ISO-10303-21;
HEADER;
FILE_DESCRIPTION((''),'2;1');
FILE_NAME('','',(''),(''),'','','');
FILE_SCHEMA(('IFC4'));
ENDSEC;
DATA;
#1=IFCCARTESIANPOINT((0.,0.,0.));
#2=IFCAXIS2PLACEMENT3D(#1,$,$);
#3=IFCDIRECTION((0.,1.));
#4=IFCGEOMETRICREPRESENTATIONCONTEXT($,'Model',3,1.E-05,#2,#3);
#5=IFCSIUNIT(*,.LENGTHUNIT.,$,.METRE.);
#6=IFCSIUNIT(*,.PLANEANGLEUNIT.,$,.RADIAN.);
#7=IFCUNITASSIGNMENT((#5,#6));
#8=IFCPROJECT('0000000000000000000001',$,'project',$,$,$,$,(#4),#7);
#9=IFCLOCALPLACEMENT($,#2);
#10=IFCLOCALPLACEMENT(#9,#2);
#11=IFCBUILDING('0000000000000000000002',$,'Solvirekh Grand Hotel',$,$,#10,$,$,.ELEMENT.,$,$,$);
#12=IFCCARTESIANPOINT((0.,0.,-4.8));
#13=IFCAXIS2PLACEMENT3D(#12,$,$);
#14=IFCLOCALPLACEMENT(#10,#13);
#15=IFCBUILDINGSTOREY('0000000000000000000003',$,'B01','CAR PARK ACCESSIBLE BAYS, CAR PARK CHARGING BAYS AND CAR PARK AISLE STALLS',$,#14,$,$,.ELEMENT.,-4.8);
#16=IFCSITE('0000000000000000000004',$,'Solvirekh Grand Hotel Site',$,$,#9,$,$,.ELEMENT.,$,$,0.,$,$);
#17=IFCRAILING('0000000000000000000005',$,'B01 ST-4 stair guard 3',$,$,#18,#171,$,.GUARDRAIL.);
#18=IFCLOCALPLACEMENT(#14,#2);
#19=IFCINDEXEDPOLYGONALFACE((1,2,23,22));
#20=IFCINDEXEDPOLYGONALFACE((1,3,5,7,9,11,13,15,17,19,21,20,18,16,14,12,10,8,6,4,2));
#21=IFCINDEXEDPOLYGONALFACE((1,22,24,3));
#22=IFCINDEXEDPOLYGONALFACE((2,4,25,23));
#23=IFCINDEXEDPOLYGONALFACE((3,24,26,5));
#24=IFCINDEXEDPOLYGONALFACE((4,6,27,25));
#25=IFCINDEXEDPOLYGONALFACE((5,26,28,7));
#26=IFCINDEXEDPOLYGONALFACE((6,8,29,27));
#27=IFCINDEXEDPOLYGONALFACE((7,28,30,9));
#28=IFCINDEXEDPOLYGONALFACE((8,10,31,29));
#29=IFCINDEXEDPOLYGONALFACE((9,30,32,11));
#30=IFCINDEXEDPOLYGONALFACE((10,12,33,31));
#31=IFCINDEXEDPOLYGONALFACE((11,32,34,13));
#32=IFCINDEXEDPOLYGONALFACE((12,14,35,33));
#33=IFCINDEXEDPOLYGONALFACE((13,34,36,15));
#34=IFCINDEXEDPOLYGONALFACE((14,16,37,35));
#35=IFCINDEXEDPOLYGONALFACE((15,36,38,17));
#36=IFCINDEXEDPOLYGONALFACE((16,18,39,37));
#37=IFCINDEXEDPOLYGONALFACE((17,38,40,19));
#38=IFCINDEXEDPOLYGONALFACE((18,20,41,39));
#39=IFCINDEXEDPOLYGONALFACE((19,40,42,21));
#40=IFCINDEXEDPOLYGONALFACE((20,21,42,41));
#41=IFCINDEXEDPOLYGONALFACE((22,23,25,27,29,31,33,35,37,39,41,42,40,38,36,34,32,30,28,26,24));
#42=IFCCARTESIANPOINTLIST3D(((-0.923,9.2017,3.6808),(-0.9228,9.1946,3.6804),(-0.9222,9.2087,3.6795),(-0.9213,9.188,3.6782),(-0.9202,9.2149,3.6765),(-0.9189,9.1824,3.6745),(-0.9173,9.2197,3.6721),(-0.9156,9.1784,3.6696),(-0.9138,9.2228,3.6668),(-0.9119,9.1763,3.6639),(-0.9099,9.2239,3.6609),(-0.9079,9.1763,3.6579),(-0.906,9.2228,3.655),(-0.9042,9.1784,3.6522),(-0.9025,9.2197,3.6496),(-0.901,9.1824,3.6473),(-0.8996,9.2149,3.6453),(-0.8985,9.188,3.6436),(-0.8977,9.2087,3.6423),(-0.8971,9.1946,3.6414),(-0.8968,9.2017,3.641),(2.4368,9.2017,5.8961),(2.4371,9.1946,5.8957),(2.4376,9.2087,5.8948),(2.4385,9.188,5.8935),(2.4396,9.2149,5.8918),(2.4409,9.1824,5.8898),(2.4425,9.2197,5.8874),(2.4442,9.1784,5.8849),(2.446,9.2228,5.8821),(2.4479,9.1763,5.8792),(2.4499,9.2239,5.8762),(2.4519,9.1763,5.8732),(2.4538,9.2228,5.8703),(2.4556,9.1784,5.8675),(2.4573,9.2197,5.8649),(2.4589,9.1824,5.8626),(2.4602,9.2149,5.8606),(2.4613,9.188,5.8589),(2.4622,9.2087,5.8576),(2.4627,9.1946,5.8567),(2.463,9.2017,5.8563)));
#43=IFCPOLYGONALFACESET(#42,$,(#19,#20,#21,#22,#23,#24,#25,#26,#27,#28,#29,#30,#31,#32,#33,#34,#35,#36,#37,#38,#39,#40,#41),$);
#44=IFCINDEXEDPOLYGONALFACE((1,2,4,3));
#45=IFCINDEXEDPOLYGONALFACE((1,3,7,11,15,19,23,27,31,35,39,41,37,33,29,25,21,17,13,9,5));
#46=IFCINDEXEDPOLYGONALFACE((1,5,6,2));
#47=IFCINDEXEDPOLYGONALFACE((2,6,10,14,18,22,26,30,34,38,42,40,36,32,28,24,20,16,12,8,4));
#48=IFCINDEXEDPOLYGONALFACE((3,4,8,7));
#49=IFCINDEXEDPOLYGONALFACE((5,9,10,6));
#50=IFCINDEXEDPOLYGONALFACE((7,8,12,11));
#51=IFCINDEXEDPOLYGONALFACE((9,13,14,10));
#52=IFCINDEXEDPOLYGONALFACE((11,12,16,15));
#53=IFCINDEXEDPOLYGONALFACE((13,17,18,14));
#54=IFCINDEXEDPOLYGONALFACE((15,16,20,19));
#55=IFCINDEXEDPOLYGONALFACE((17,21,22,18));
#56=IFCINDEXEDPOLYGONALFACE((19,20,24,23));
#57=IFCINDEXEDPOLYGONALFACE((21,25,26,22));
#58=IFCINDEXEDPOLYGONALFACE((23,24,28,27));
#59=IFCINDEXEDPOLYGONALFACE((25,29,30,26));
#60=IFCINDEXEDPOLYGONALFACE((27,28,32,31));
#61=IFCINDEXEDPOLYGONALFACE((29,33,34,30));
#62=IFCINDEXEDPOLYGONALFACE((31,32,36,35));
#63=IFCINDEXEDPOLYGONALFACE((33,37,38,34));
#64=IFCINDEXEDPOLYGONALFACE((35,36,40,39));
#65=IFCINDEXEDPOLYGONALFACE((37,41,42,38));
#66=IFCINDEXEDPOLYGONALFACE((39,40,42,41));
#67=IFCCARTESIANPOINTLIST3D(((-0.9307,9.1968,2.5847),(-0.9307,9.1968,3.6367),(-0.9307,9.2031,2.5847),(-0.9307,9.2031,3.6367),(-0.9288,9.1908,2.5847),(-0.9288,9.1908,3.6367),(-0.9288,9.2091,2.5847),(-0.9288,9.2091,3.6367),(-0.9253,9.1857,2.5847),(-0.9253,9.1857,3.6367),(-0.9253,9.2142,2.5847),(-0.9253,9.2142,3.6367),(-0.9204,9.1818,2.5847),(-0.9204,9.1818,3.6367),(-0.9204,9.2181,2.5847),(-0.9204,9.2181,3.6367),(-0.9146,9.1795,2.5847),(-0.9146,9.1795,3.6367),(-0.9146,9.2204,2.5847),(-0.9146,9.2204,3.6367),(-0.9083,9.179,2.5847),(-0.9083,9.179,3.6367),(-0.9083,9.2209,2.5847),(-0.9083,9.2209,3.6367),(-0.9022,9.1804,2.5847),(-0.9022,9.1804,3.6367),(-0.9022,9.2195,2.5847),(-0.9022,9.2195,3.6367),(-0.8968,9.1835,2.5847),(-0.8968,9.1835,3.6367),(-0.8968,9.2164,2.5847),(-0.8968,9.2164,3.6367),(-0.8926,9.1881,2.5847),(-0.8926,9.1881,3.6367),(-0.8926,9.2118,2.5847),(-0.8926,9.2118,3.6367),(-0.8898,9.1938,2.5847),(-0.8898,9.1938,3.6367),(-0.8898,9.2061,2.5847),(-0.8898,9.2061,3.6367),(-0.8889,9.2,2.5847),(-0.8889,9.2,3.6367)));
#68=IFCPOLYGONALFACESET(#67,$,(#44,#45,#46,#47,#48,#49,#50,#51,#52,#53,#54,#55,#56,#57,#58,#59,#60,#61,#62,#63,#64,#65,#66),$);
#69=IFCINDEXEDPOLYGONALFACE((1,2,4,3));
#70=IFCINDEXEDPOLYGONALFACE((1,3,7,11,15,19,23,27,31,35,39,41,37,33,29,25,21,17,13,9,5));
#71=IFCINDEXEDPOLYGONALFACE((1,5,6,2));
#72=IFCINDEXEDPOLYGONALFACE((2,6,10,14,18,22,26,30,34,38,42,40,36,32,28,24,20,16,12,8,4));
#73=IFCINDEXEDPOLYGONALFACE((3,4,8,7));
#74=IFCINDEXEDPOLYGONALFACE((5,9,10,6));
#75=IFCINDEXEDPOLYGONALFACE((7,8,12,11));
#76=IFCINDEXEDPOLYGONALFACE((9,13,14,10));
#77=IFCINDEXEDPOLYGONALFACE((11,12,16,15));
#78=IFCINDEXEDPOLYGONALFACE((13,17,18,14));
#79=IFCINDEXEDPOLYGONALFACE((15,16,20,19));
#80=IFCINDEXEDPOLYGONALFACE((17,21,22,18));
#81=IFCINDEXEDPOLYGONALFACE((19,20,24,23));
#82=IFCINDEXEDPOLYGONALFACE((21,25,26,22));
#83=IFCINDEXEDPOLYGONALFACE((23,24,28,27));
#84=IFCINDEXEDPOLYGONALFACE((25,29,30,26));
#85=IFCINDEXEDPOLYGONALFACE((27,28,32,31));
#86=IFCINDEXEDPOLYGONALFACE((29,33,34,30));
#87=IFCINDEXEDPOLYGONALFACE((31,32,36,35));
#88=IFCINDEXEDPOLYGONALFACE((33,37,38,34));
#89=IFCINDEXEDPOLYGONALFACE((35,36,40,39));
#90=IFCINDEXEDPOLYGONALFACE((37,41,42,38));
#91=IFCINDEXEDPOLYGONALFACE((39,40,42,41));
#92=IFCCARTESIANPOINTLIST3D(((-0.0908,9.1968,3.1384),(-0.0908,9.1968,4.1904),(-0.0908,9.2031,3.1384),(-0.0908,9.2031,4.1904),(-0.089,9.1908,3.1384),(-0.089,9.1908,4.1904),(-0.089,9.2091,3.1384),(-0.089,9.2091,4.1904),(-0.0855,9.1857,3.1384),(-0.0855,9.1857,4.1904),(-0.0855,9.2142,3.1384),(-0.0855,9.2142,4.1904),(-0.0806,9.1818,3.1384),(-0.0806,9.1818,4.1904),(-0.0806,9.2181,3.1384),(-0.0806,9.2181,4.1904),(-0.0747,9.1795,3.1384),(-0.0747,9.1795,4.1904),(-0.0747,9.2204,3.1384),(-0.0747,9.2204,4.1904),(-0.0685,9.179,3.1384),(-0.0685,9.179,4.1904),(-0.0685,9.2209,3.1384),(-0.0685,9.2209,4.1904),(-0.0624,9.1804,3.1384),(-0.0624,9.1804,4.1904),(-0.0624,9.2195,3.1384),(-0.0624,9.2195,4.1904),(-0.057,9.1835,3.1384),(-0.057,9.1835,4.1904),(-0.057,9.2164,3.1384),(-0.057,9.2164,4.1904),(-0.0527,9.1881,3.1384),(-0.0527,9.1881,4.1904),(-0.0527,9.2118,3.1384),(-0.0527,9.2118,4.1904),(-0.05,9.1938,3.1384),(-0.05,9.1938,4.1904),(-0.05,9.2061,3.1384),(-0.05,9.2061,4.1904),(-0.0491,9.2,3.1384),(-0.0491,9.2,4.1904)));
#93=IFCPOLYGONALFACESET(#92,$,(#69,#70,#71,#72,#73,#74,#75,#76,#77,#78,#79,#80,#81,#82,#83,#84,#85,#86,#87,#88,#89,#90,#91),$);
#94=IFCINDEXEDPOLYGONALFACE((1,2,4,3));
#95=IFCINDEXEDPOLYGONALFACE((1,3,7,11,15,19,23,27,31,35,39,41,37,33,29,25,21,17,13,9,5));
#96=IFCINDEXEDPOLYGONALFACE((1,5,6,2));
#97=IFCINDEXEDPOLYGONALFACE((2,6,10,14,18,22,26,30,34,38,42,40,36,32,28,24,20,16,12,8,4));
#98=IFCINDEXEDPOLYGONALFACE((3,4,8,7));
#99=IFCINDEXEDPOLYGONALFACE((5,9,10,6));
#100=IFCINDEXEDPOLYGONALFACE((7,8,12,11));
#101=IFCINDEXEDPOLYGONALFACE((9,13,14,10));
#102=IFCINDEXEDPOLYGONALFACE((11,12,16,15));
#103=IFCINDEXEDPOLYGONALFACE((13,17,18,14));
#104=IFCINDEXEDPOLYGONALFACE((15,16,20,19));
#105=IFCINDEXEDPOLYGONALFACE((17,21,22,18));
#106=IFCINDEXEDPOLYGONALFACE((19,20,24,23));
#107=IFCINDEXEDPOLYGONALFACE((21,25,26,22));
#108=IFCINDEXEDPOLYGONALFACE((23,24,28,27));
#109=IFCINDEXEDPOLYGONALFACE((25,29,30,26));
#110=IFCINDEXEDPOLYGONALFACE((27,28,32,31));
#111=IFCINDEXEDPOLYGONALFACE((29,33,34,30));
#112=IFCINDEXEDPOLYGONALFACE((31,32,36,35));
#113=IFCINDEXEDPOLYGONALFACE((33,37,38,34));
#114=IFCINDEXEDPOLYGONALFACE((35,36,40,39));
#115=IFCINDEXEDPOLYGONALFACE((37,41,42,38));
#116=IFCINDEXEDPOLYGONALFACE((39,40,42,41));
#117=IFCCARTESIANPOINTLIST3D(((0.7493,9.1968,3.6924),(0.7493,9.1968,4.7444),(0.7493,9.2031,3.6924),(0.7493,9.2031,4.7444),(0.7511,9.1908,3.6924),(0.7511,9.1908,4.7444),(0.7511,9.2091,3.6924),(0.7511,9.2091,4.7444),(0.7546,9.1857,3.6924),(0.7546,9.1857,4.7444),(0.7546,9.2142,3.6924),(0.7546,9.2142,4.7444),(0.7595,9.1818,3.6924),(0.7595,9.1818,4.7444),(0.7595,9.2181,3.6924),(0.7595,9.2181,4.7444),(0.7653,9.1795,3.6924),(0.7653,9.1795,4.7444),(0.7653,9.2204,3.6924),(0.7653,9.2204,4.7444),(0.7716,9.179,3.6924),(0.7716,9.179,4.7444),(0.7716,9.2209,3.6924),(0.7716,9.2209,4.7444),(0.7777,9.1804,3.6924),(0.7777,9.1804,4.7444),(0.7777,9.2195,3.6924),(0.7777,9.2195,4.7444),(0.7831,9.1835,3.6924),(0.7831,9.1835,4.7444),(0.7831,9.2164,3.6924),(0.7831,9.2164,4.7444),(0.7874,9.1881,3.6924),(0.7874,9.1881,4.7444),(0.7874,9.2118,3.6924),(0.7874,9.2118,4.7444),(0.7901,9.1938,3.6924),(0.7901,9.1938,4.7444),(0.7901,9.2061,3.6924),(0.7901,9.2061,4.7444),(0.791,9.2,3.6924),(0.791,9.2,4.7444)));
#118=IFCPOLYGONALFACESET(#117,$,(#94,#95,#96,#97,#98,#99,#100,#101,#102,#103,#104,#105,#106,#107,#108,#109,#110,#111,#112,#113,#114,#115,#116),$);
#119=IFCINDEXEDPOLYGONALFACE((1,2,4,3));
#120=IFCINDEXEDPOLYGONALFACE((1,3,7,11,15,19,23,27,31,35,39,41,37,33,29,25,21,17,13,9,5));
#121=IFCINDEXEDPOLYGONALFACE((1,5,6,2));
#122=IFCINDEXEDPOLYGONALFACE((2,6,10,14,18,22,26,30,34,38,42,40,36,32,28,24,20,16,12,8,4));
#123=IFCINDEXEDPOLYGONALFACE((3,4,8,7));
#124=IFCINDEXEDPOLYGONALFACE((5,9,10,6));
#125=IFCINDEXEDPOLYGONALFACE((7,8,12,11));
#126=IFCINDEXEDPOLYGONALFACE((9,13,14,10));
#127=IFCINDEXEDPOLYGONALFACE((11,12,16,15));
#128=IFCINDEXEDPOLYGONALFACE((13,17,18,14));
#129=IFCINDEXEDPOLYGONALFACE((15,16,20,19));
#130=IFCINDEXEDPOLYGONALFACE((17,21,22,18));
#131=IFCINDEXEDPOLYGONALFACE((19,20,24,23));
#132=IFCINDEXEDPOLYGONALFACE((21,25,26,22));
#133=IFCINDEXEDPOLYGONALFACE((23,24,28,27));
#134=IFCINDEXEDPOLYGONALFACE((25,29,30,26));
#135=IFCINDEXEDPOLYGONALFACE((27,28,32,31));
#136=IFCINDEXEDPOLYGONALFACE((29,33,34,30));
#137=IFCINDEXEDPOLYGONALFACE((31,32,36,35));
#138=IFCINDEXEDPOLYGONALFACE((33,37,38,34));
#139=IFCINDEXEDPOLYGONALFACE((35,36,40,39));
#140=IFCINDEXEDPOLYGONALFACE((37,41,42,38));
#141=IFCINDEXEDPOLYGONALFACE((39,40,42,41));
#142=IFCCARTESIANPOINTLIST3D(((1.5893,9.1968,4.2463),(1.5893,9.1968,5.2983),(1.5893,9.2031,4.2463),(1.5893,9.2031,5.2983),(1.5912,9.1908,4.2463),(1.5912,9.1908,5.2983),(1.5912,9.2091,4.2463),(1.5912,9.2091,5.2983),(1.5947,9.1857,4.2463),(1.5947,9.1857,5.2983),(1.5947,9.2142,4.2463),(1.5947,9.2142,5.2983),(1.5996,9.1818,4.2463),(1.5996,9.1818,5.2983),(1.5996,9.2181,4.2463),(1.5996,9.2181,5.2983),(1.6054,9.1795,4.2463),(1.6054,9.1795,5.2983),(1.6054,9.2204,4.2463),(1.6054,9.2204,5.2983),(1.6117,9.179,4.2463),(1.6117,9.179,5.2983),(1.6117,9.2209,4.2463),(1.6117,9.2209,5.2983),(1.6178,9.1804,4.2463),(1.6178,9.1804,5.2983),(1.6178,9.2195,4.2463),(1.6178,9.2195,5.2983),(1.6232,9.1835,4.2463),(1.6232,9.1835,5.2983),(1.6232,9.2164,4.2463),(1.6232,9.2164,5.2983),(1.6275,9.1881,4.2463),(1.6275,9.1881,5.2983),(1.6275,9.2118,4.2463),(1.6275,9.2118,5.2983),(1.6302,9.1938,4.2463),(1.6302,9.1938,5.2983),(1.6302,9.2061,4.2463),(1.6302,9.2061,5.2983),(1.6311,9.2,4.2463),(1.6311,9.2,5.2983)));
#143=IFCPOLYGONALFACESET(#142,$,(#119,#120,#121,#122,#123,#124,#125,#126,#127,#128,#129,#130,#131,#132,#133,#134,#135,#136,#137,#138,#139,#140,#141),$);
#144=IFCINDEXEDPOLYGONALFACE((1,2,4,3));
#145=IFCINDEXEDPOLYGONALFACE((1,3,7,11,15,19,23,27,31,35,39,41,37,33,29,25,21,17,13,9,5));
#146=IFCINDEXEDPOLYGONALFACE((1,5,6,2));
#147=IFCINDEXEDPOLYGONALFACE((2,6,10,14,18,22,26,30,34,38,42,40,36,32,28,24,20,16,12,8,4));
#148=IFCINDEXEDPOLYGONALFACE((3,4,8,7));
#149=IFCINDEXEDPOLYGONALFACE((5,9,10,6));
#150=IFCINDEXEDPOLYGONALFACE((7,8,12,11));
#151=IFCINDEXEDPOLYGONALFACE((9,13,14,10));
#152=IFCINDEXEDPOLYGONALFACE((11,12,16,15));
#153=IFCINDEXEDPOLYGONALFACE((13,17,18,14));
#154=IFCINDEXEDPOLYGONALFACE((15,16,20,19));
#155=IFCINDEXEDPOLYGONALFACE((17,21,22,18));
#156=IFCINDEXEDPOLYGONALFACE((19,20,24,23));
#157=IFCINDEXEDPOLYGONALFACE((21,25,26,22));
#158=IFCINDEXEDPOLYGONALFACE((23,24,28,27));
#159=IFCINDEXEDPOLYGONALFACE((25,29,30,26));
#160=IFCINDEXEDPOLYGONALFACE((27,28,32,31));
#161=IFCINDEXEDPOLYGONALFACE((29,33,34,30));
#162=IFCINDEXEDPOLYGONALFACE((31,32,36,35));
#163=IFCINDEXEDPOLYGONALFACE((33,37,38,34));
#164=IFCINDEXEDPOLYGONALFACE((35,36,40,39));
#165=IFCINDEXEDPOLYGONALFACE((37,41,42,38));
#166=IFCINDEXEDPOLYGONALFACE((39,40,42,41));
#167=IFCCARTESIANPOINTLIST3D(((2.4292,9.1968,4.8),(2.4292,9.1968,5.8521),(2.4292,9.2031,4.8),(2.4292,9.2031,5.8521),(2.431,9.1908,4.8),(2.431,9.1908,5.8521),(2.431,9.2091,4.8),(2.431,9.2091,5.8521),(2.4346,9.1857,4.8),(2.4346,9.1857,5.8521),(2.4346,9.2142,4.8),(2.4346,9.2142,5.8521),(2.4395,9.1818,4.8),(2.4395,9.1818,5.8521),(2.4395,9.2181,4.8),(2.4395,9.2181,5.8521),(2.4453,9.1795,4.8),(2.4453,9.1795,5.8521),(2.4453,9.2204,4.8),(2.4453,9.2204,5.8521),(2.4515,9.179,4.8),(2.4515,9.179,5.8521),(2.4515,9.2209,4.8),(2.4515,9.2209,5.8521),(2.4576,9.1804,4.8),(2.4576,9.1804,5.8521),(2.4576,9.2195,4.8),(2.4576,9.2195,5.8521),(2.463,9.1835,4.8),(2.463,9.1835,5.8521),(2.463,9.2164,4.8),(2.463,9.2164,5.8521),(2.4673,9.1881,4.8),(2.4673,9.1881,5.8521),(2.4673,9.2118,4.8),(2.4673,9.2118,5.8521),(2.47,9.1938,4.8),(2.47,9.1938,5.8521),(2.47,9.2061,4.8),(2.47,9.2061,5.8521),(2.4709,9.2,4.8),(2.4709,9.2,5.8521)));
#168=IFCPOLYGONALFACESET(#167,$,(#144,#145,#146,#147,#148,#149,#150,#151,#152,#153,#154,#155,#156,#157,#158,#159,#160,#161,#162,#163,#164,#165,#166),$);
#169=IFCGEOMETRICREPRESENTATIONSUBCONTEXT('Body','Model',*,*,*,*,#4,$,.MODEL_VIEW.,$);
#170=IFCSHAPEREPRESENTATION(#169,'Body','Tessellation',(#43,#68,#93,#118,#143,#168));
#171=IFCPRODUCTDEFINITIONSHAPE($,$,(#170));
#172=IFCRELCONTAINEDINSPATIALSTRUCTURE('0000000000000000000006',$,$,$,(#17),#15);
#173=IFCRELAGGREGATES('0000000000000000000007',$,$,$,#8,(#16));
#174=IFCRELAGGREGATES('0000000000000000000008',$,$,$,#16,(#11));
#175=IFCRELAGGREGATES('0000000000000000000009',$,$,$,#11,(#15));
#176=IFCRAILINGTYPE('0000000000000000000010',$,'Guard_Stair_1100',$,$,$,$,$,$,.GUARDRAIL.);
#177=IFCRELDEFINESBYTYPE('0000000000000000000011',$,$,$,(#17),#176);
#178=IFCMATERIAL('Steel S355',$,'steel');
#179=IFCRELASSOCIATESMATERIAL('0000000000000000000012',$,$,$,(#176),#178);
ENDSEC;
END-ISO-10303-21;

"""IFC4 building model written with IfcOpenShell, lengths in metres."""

from ifc_helpers import new_model, si_unit, direction, frame, origin, origin_2d, place, context, subcontext, project, spatial, circle, extrude, material, type_object, element, save


model = new_model("IFC4")

# Units and contexts
model_context = context("Model", 3, precision=1e-05, world=origin(), true_north=direction((0.0, 1.0)))
body_context = subcontext(model_context, "Body", "Model", "MODEL_VIEW")
ifc_project = project(units=[si_unit("LENGTHUNIT", "METRE"), si_unit("PLANEANGLEUNIT", "RADIAN")], contexts=[model_context])

# Site, building, storey
site_placement = place(None, origin())
site = spatial("IfcSite", under=ifc_project, at=site_placement, Name="Solvirekh Grand Hotel Site", CompositionType="ELEMENT", RefElevation=0.0)
building_placement = place(site_placement, origin())
building = spatial("IfcBuilding", under=site, at=building_placement, Name="Solvirekh Grand Hotel", CompositionType="ELEMENT")
storey_placement = place(building_placement, frame((0.0, 0.0, -4.8)))
storey = spatial("IfcBuildingStorey", under=building, at=storey_placement, Name="B01", Description="CAR PARK ACCESSIBLE BAYS, CAR PARK CHARGING BAYS AND CAR PARK AISLE STALLS", CompositionType="ELEMENT", Elevation=-4.8)

# Shared definitions
ifc_material_1 = material(Name="Steel S355", Category="steel")

# Railing
railing_type_1 = type_object("IfcRailingType", Name="Guard_Stair_1100", PredefinedType="GUARDRAIL", material=ifc_material_1)
railing_1_placement = place(storey_placement, frame((-0.9099, 9.2, 2.5847)))
element("IfcRailing", 1, at=railing_1_placement, inside=storey, type_object=railing_type_1, Name="B01 ST-4 stair guard 3", PredefinedType="GUARDRAIL", context=body_context, shape_type="SweptSolid", body=[
    extrude(circle(Radius=0.0239, at=origin_2d()), frame((0.0, 0.0, 1.0762), z_axis=(0.834858, 0.0, 0.550465), x_axis=(0.0, 1.0, 0.0)), (0.0, 0.0, 1.0), 4.0244),
    extrude(circle(Radius=0.021, at=origin_2d()), origin(), (0.0, 0.0, 1.0), 1.052),
    extrude(circle(Radius=0.021, at=origin_2d()), frame((0.8398, 0.0, 0.5537)), (0.0, 0.0, 1.0), 1.052),
    extrude(circle(Radius=0.021, at=origin_2d()), frame((1.6799, 0.0, 1.1077)), (0.0, 0.0, 1.0), 1.052),
    extrude(circle(Radius=0.021, at=origin_2d()), frame((2.52, 0.0, 1.6616)), (0.0, 0.0, 1.0), 1.052),
    extrude(circle(Radius=0.021, at=origin_2d()), frame((3.3599, 0.0, 2.2153)), (0.0, 0.0, 1.0), 1.052),
])

save(model, "model.ifc")
